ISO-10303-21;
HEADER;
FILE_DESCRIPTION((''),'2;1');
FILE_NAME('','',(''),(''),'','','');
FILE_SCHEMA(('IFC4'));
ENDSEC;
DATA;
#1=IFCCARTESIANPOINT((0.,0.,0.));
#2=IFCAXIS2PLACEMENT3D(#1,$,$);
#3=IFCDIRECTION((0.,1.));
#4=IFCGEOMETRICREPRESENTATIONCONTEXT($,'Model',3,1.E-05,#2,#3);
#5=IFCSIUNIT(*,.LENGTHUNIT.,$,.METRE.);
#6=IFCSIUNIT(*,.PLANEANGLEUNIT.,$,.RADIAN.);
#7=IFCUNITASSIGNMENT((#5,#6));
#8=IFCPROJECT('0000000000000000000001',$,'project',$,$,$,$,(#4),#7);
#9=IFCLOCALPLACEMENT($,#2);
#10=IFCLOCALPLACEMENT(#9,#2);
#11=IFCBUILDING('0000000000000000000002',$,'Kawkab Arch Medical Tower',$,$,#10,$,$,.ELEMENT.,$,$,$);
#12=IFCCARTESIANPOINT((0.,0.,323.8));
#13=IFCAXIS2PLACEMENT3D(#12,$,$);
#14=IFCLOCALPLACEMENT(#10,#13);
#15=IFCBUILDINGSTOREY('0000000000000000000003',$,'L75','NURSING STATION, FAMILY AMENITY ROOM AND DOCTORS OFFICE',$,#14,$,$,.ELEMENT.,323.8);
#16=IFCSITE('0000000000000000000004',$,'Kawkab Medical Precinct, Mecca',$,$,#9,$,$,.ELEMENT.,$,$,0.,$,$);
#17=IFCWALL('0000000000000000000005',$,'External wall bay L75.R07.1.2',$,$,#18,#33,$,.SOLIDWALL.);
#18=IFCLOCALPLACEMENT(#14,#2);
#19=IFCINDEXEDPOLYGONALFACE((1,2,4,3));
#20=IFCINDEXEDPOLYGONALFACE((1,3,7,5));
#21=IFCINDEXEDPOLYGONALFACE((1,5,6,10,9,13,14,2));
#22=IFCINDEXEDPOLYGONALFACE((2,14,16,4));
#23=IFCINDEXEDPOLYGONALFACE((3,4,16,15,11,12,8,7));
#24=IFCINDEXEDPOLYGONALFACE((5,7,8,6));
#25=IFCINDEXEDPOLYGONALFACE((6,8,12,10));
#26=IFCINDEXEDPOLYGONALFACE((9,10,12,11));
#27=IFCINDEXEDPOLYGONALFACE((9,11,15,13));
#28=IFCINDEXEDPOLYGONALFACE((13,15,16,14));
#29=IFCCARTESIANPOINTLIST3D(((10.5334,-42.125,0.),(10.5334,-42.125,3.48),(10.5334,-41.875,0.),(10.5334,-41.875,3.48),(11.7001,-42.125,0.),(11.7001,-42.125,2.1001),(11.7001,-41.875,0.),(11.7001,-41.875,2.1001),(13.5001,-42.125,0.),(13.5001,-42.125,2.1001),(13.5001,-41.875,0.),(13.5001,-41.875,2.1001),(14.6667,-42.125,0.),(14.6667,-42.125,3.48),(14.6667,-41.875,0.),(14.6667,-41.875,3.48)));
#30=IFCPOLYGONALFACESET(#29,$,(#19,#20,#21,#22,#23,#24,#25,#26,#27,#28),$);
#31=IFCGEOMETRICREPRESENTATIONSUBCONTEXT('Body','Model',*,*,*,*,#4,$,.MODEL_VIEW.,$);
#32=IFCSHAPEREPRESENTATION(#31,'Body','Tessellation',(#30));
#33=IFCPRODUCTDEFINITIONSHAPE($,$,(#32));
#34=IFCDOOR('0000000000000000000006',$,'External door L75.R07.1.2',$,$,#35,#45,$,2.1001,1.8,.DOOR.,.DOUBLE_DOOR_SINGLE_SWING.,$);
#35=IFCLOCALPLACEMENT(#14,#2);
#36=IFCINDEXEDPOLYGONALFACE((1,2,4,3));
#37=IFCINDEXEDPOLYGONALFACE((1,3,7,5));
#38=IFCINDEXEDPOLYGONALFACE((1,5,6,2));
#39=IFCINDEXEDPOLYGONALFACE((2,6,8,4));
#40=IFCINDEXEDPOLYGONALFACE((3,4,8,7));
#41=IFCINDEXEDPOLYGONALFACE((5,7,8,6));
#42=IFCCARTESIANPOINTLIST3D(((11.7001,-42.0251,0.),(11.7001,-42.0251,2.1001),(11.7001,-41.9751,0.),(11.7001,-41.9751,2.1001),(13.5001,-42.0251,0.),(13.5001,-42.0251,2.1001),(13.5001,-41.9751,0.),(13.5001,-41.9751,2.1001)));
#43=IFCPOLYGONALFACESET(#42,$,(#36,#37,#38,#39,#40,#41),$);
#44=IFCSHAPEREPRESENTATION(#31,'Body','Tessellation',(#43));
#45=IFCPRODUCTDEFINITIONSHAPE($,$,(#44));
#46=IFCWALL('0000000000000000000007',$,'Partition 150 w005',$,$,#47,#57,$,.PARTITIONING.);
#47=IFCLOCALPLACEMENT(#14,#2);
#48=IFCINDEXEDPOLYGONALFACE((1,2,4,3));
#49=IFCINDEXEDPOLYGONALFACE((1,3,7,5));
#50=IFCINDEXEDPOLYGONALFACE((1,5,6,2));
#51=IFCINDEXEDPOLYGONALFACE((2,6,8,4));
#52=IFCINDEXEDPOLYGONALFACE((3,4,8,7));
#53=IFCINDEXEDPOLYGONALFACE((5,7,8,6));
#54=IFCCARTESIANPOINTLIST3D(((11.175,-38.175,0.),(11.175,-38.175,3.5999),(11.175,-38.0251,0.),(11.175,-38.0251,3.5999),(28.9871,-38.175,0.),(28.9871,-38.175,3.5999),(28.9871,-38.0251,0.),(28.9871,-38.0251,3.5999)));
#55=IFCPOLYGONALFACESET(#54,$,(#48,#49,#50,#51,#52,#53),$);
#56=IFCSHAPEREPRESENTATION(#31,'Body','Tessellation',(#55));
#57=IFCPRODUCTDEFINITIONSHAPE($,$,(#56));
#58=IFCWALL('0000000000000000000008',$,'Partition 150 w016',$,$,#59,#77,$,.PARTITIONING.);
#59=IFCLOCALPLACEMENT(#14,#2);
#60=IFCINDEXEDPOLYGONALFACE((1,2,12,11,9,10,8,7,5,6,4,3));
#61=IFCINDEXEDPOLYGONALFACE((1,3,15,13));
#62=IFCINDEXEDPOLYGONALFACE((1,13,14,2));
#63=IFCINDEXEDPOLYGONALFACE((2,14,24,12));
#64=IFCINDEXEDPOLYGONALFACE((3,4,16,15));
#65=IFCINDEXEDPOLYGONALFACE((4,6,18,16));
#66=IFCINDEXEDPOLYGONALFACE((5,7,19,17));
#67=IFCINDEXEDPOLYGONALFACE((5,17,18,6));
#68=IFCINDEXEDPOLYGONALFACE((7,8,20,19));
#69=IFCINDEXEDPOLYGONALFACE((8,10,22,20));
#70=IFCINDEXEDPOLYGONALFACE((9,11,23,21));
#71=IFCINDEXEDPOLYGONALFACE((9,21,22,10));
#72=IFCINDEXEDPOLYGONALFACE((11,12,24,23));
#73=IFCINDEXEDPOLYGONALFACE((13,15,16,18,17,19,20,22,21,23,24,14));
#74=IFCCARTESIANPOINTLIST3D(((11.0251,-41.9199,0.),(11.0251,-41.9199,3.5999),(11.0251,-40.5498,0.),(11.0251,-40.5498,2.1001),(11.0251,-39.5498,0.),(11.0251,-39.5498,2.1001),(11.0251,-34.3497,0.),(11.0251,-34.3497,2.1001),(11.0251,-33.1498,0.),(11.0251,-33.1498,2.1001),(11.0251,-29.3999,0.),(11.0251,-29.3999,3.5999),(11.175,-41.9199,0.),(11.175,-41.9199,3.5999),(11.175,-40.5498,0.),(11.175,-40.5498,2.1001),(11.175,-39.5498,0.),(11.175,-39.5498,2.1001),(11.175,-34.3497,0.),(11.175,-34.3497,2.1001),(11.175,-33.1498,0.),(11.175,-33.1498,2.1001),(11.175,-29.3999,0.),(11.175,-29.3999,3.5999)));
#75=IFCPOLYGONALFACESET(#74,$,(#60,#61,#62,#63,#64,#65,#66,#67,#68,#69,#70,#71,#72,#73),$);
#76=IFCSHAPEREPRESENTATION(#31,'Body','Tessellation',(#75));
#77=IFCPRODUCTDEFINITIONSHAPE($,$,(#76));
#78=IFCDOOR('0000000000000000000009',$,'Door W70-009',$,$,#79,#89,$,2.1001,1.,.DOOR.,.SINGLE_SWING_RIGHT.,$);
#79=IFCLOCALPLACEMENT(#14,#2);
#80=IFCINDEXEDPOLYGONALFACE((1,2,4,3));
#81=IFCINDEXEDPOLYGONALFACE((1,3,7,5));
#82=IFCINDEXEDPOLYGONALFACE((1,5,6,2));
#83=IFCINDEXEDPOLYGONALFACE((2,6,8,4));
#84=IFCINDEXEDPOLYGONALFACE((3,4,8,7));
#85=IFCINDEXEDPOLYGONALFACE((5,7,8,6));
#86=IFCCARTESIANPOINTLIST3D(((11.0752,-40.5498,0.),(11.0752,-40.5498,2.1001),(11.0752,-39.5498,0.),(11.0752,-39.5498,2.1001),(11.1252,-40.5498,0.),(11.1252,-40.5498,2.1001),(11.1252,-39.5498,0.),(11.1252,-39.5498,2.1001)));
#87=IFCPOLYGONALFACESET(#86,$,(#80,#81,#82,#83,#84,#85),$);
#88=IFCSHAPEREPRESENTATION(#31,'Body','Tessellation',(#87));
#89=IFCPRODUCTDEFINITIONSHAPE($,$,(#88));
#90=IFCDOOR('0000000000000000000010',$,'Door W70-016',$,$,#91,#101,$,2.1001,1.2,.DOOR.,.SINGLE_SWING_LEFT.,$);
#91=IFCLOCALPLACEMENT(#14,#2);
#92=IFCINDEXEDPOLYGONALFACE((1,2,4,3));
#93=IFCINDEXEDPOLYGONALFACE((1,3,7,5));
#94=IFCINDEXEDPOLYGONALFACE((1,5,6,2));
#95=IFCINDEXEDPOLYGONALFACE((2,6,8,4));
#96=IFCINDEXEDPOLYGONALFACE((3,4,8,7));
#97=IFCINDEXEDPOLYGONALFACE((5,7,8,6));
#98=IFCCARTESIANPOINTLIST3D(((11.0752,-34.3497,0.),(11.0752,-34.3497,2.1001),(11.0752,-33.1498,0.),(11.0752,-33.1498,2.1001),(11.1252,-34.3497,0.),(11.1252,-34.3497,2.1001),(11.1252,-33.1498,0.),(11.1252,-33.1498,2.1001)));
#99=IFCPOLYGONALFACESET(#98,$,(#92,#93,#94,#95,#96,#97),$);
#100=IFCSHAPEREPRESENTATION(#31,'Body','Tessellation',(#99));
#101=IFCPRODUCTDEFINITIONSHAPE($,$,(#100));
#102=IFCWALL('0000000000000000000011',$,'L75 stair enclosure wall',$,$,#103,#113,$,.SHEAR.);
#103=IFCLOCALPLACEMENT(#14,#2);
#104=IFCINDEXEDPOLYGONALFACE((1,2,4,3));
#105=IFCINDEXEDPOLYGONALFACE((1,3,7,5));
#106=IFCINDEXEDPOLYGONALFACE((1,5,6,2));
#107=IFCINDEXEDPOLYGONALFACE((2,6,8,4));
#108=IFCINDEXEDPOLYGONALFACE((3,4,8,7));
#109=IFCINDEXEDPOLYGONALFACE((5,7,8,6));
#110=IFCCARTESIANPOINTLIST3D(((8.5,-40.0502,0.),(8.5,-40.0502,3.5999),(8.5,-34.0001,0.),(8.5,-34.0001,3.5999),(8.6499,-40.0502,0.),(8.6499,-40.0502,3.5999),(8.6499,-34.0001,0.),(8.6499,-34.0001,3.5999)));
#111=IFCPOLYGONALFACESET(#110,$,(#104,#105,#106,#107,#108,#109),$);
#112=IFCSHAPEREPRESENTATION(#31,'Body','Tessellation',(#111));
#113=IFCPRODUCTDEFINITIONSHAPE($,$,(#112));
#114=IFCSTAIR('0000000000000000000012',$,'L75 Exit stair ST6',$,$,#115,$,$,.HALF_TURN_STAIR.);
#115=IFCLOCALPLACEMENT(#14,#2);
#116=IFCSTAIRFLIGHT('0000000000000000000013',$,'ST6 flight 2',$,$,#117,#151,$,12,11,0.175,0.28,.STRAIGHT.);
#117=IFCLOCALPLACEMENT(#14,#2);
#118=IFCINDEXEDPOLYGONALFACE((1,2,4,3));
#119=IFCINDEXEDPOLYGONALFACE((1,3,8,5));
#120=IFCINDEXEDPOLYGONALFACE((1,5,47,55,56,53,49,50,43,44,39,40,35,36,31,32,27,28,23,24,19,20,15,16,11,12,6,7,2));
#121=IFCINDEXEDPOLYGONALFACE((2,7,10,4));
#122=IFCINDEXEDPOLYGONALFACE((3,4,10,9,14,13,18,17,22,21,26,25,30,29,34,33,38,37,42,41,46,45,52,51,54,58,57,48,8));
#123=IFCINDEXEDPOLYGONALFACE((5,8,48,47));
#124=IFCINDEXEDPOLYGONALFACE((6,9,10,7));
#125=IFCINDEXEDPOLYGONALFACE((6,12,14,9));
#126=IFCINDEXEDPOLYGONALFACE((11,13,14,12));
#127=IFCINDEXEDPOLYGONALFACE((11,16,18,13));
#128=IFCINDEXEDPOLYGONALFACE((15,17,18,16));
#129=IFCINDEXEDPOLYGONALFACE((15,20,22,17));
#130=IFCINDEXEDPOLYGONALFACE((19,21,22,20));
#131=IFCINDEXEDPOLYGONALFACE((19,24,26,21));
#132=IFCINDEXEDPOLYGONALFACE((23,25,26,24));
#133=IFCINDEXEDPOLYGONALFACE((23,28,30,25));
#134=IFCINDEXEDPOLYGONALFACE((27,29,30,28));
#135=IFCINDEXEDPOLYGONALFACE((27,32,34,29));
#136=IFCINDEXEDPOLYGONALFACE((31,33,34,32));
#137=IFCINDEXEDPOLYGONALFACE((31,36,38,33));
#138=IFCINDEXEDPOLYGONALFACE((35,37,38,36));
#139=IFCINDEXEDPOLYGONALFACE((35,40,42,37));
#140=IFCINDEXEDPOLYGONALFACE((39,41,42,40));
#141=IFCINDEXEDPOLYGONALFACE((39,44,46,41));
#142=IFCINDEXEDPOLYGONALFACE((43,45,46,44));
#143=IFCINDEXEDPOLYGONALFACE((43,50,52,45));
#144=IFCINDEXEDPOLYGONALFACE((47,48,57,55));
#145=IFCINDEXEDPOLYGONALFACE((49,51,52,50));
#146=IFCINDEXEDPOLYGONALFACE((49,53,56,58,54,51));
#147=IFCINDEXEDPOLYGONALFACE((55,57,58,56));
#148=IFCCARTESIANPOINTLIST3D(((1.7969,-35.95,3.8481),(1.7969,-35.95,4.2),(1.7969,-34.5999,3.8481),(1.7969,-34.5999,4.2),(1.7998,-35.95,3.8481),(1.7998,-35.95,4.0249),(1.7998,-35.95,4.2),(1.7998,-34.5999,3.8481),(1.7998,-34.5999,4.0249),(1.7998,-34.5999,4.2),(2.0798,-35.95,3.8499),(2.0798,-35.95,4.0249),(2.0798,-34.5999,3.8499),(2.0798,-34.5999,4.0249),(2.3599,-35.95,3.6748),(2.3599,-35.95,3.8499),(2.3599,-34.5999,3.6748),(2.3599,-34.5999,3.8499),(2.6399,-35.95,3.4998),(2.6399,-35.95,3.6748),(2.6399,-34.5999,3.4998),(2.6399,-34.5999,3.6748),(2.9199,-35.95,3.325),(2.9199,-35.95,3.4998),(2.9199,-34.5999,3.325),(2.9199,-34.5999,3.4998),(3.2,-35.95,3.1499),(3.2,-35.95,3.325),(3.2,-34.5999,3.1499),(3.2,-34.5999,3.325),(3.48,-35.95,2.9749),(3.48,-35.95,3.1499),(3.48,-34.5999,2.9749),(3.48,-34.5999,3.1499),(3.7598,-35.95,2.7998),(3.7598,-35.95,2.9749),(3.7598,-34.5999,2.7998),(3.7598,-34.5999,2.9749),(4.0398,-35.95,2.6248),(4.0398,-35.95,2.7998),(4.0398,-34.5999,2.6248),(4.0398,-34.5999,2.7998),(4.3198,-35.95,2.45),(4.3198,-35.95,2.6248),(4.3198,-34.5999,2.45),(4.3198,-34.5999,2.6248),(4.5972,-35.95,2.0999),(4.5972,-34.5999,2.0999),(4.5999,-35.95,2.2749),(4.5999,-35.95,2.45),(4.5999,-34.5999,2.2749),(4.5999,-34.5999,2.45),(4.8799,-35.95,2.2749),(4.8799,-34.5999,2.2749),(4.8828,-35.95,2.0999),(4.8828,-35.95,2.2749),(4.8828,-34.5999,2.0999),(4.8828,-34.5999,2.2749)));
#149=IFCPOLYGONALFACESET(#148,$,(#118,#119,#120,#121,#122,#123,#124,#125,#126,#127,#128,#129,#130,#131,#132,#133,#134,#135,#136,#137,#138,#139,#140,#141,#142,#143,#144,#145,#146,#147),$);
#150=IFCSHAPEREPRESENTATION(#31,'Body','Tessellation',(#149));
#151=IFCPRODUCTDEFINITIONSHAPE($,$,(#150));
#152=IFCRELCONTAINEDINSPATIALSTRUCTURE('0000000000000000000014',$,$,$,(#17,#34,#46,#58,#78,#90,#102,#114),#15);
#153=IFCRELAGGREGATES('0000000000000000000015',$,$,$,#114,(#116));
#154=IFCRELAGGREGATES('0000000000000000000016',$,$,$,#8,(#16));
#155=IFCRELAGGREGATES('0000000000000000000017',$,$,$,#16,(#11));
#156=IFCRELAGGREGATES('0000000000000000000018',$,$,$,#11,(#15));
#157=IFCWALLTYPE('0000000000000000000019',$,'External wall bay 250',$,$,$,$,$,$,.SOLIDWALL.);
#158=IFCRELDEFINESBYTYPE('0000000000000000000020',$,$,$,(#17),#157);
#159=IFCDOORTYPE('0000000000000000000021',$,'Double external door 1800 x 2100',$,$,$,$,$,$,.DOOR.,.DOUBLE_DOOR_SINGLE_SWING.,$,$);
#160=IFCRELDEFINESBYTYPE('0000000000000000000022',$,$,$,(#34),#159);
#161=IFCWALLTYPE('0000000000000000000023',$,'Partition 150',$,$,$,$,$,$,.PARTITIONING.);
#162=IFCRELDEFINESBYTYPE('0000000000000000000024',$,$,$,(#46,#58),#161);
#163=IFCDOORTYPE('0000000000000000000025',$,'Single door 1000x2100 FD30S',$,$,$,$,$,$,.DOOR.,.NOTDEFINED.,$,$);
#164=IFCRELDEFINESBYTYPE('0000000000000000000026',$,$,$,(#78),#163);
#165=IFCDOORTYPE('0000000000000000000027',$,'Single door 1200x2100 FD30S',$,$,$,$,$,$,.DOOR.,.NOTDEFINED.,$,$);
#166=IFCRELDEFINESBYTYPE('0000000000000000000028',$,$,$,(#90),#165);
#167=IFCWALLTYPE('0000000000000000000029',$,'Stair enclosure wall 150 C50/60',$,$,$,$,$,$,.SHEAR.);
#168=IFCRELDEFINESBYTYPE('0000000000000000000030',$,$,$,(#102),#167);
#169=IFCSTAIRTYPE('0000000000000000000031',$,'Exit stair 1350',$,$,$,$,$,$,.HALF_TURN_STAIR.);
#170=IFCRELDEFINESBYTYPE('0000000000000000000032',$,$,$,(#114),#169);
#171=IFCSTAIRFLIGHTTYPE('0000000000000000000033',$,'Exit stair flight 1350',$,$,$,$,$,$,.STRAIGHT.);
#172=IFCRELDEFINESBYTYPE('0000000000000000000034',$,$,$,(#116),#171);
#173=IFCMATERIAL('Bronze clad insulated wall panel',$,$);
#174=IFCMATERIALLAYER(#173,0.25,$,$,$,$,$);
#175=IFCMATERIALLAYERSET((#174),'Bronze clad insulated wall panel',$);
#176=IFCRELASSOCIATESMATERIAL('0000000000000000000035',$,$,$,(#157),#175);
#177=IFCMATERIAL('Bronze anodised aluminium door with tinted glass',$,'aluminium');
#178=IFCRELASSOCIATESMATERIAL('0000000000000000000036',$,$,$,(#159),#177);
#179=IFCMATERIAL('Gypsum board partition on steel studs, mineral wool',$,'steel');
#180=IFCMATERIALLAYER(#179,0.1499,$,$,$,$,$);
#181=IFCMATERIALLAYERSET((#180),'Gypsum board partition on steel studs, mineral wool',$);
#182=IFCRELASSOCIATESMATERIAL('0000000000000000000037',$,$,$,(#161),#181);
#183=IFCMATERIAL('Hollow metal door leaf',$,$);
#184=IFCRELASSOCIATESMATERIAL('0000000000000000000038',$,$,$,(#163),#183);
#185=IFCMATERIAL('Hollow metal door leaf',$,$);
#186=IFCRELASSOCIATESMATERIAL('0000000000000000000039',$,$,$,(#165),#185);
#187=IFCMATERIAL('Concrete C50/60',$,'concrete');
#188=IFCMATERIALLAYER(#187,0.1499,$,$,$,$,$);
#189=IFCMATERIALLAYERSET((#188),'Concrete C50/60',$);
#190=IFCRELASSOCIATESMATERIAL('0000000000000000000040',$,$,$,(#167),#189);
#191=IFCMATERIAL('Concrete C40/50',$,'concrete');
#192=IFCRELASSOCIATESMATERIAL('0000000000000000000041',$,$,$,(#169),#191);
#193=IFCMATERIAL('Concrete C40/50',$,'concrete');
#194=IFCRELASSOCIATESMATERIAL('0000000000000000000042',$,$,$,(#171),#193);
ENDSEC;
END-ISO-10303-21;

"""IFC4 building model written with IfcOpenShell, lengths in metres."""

from ifc_helpers import new_model, si_unit, direction, frame, frame_2d, origin, place, context, subcontext, project, spatial, polyline, rectangle, outline, extrude, material, layer, layer_set, type_object, element, fill, aggregate, save


model = new_model("IFC4")

# Units and contexts
model_context = context("Model", 3, precision=1e-05, world=origin(), true_north=direction((0.0, 1.0)))
body_context = subcontext(model_context, "Body", "Model", "MODEL_VIEW")
ifc_project = project(units=[si_unit("LENGTHUNIT", "METRE"), si_unit("PLANEANGLEUNIT", "RADIAN")], contexts=[model_context])

# Site, building, storey
site_placement = place(None, origin())
site = spatial("IfcSite", under=ifc_project, at=site_placement, Name="Kawkab Medical Precinct, Mecca", CompositionType="ELEMENT", RefElevation=0.0)
building_placement = place(site_placement, origin())
building = spatial("IfcBuilding", under=site, at=building_placement, Name="Kawkab Arch Medical Tower", CompositionType="ELEMENT")
storey_placement = place(building_placement, frame((0.0, 0.0, 323.8)))
storey = spatial("IfcBuildingStorey", under=building, at=storey_placement, Name="L75", Description="NURSING STATION, FAMILY AMENITY ROOM AND DOCTORS OFFICE", CompositionType="ELEMENT", Elevation=323.8)

# Shared definitions
placement = place(storey_placement, origin())

# Wall, opening, door
ifc_material_1 = material(Name="Bronze clad insulated wall panel")
ifc_layer_1 = layer(ifc_material_1, 0.25)
ifc_layer_set_1 = layer_set([ifc_layer_1], Name="Bronze clad insulated wall panel")
wall_type_1 = type_object("IfcWallType", Name="External wall bay 250", PredefinedType="SOLIDWALL", material=ifc_layer_set_1)
wall_1_placement = place(storey_placement, frame((10.5334, -42.0, 0.0), z_axis=(0.0, 0.0, 1.0), x_axis=(1.0, 0.0, 0.0)))
wall_1 = element("IfcWall", 1, at=wall_1_placement, inside=storey, type_object=wall_type_1, Name="External wall bay L75.R07.1.2", PredefinedType="SOLIDWALL", context=body_context, shape_type="SweptSolid", body=[
    extrude(rectangle(XDim=4.1333, YDim=0.25, at=frame_2d((2.0667, 0.0))), origin(), (0.0, 0.0, 1.0), 3.48),
])
opening_1_placement = place(wall_1_placement, frame((1.1667, 0.0, 0.0)))
opening_1 = element("IfcOpeningElement", 2, at=opening_1_placement, cuts=wall_1, PredefinedType="OPENING", context=body_context, shape_type="SweptSolid", body=[
    extrude(rectangle(XDim=1.8, YDim=2.1001, at=frame_2d((0.8999, 1.05))), frame((0.0, 0.135, 0.0), z_axis=(0.0, -1.0, 0.0), x_axis=(1.0, 0.0, 0.0)), (0.0, 0.0, 1.0), 0.27),
])
ifc_material_2 = material(Name="Bronze anodised aluminium door with tinted glass", Category="aluminium")
door_type_1 = type_object("IfcDoorType", Name="Double external door 1800 x 2100", OperationType="DOUBLE_DOOR_SINGLE_SWING", PredefinedType="DOOR", material=ifc_material_2)
door_1_placement = place(opening_1_placement, origin())
door_1 = element("IfcDoor", 3, at=door_1_placement, inside=storey, type_object=door_type_1, Name="External door L75.R07.1.2", OperationType="DOUBLE_DOOR_SINGLE_SWING", OverallHeight=2.1001, OverallWidth=1.8, PredefinedType="DOOR", context=body_context, shape_type="SweptSolid", body=[
    extrude(rectangle(XDim=1.8, YDim=2.1001, at=frame_2d((0.8999, 1.05))), frame((0.0, 0.0249, 0.0), z_axis=(0.0, -1.0, 0.0), x_axis=(1.0, 0.0, 0.0)), (0.0, 0.0, 1.0), 0.05),
])
fill(opening_1, door_1)

# Wall
ifc_material_3 = material(Name="Gypsum board partition on steel studs, mineral wool", Category="steel")
ifc_layer_2 = layer(ifc_material_3, 0.1499)
ifc_layer_set_2 = layer_set([ifc_layer_2], Name="Gypsum board partition on steel studs, mineral wool")
wall_type_2 = type_object("IfcWallType", Name="Partition 150", PredefinedType="PARTITIONING", material=ifc_layer_set_2)
wall_2_placement = place(storey_placement, frame((11.175, -38.1001, 0.0), z_axis=(0.0, 0.0, 1.0), x_axis=(1.0, 0.0, 0.0)))
element("IfcWall", 4, at=wall_2_placement, inside=storey, type_object=wall_type_2, Name="Partition 150 w005", PredefinedType="PARTITIONING", context=body_context, shape_type="SweptSolid", body=[
    extrude(rectangle(XDim=17.812, YDim=0.1499, at=frame_2d((8.906, 0.0))), origin(), (0.0, 0.0, 1.0), 3.5999),
])

# Wall, openings, doors
wall_3_placement = place(storey_placement, frame((11.1001, -41.9199, 0.0), z_axis=(0.0, 0.0, 1.0), x_axis=(0.0, 1.0, 0.0)))
wall_3 = element("IfcWall", 5, at=wall_3_placement, inside=storey, type_object=wall_type_2, Name="Partition 150 w016", PredefinedType="PARTITIONING", context=body_context, shape_type="SweptSolid", body=[
    extrude(rectangle(XDim=12.52, YDim=0.1499, at=frame_2d((6.26, 0.0))), origin(), (0.0, 0.0, 1.0), 3.5999),
])
opening_2_placement = place(wall_3_placement, frame((7.5701, 0.0, 0.0)))
opening_2 = element("IfcOpeningElement", 6, at=opening_2_placement, cuts=wall_3, PredefinedType="OPENING", context=body_context, shape_type="SweptSolid", body=[
    extrude(rectangle(XDim=1.2, YDim=2.1001, at=frame_2d((0.6001, 1.05))), frame((0.0, 0.085, 0.0), z_axis=(0.0, -1.0, 0.0), x_axis=(1.0, 0.0, 0.0)), (0.0, 0.0, 1.0), 0.1699),
])
opening_3_placement = place(wall_3_placement, frame((1.3701, 0.0, 0.0)))
opening_3 = element("IfcOpeningElement", 7, at=opening_3_placement, cuts=wall_3, PredefinedType="OPENING", context=body_context, shape_type="SweptSolid", body=[
    extrude(rectangle(XDim=1.0, YDim=2.1001, at=frame_2d((0.5, 1.05))), frame((0.0, 0.085, 0.0), z_axis=(0.0, -1.0, 0.0), x_axis=(1.0, 0.0, 0.0)), (0.0, 0.0, 1.0), 0.1699),
])
ifc_material_4 = material(Name="Hollow metal door leaf")
door_type_2 = type_object("IfcDoorType", Name="Single door 1000x2100 FD30S", OperationType="NOTDEFINED", PredefinedType="DOOR", material=ifc_material_4)
door_2_placement = place(opening_3_placement, origin())
door_2 = element("IfcDoor", 8, at=door_2_placement, inside=storey, type_object=door_type_2, Name="Door W70-009", OperationType="SINGLE_SWING_RIGHT", OverallHeight=2.1001, OverallWidth=1.0, PredefinedType="DOOR", context=body_context, shape_type="SweptSolid", body=[
    extrude(rectangle(XDim=1.0, YDim=2.1001, at=frame_2d((0.5, 1.05))), frame((0.0, 0.0249, 0.0), z_axis=(0.0, -1.0, 0.0), x_axis=(1.0, 0.0, 0.0)), (0.0, 0.0, 1.0), 0.05),
])
fill(opening_3, door_2)
ifc_material_5 = material(Name="Hollow metal door leaf")
door_type_3 = type_object("IfcDoorType", Name="Single door 1200x2100 FD30S", OperationType="NOTDEFINED", PredefinedType="DOOR", material=ifc_material_5)
door_3_placement = place(opening_2_placement, origin())
door_3 = element("IfcDoor", 9, at=door_3_placement, inside=storey, type_object=door_type_3, Name="Door W70-016", OperationType="SINGLE_SWING_LEFT", OverallHeight=2.1001, OverallWidth=1.2, PredefinedType="DOOR", context=body_context, shape_type="SweptSolid", body=[
    extrude(rectangle(XDim=1.2, YDim=2.1001, at=frame_2d((0.6001, 1.05))), frame((0.0, 0.0249, 0.0), z_axis=(0.0, -1.0, 0.0), x_axis=(1.0, 0.0, 0.0)), (0.0, 0.0, 1.0), 0.05),
])
fill(opening_2, door_3)

# Wall
ifc_material_6 = material(Name="Concrete C50/60", Category="concrete")
ifc_layer_3 = layer(ifc_material_6, 0.1499)
ifc_layer_set_3 = layer_set([ifc_layer_3], Name="Concrete C50/60")
wall_type_3 = type_object("IfcWallType", Name="Stair enclosure wall 150 C50/60", PredefinedType="SHEAR", material=ifc_layer_set_3)
wall_4_placement = place(storey_placement, frame((8.575, -40.05, 0.0), z_axis=(0.0, 0.0, 1.0), x_axis=(0.0, 1.0, 0.0)))
element("IfcWall", 10, at=wall_4_placement, inside=storey, type_object=wall_type_3, Name="L75 stair enclosure wall", PredefinedType="SHEAR", context=body_context, shape_type="SweptSolid", body=[
    extrude(rectangle(XDim=6.05, YDim=0.1499, at=frame_2d((3.0249, 0.0))), origin(), (0.0, 0.0, 1.0), 3.5999),
])

# Stair, stair flight
ifc_material_7 = material(Name="Concrete C40/50", Category="concrete")
stair_type = type_object("IfcStairType", Name="Exit stair 1350", PredefinedType="HALF_TURN_STAIR", material=ifc_material_7)
stair = element("IfcStair", 11, at=placement, inside=storey, type_object=stair_type, Name="L75 Exit stair ST6", PredefinedType="HALF_TURN_STAIR")
ifc_material_8 = material(Name="Concrete C40/50", Category="concrete")
stair_flight_type = type_object("IfcStairFlightType", Name="Exit stair flight 1350", PredefinedType="STRAIGHT", material=ifc_material_8)
stair_flight_placement = place(storey_placement, frame((4.8799, -35.2749, 2.0999), z_axis=(0.0, 0.0, 1.0), x_axis=(-1.0, 0.0, 0.0)))
stair_flight = element("IfcStairFlight", 12, at=stair_flight_placement, type_object=stair_flight_type, Name="ST6 flight 2", NumberOfRisers=12, NumberOfTreads=11, PredefinedType="STRAIGHT", RiserHeight=0.175, TreadLength=0.28, context=body_context, shape_type="SweptSolid", body=[
    extrude(outline(polyline([(-0.0029, 0.0), (-0.0029, 0.175), (0.0, 0.175), (0.28, 0.175), (0.28, 0.3501), (0.5601, 0.3501), (0.5601, 0.5249), (0.8401, 0.5249), (0.8401, 0.7), (1.1201, 0.7), (1.1201, 0.875), (1.3999, 0.875), (1.3999, 1.05), (1.6799, 1.05), (1.6799, 1.2251), (1.96, 1.2251), (1.96, 1.3999), (2.24, 1.3999), (2.24, 1.575), (2.52, 1.575), (2.52, 1.75), (2.8, 1.75), (2.8, 1.925), (3.0801, 1.925), (3.0801, 2.1001), (3.083, 2.1001), (3.083, 1.7483), (3.0801, 1.7483), (0.2827, 0.0), (-0.0029, 0.0)])), frame((0.0, 0.675, 0.0), z_axis=(0.0, -1.0, 0.0), x_axis=(1.0, 0.0, 0.0)), (0.0, 0.0, 1.0), 1.3501),
])
aggregate(stair, [stair_flight])

save(model, "model.ifc")
